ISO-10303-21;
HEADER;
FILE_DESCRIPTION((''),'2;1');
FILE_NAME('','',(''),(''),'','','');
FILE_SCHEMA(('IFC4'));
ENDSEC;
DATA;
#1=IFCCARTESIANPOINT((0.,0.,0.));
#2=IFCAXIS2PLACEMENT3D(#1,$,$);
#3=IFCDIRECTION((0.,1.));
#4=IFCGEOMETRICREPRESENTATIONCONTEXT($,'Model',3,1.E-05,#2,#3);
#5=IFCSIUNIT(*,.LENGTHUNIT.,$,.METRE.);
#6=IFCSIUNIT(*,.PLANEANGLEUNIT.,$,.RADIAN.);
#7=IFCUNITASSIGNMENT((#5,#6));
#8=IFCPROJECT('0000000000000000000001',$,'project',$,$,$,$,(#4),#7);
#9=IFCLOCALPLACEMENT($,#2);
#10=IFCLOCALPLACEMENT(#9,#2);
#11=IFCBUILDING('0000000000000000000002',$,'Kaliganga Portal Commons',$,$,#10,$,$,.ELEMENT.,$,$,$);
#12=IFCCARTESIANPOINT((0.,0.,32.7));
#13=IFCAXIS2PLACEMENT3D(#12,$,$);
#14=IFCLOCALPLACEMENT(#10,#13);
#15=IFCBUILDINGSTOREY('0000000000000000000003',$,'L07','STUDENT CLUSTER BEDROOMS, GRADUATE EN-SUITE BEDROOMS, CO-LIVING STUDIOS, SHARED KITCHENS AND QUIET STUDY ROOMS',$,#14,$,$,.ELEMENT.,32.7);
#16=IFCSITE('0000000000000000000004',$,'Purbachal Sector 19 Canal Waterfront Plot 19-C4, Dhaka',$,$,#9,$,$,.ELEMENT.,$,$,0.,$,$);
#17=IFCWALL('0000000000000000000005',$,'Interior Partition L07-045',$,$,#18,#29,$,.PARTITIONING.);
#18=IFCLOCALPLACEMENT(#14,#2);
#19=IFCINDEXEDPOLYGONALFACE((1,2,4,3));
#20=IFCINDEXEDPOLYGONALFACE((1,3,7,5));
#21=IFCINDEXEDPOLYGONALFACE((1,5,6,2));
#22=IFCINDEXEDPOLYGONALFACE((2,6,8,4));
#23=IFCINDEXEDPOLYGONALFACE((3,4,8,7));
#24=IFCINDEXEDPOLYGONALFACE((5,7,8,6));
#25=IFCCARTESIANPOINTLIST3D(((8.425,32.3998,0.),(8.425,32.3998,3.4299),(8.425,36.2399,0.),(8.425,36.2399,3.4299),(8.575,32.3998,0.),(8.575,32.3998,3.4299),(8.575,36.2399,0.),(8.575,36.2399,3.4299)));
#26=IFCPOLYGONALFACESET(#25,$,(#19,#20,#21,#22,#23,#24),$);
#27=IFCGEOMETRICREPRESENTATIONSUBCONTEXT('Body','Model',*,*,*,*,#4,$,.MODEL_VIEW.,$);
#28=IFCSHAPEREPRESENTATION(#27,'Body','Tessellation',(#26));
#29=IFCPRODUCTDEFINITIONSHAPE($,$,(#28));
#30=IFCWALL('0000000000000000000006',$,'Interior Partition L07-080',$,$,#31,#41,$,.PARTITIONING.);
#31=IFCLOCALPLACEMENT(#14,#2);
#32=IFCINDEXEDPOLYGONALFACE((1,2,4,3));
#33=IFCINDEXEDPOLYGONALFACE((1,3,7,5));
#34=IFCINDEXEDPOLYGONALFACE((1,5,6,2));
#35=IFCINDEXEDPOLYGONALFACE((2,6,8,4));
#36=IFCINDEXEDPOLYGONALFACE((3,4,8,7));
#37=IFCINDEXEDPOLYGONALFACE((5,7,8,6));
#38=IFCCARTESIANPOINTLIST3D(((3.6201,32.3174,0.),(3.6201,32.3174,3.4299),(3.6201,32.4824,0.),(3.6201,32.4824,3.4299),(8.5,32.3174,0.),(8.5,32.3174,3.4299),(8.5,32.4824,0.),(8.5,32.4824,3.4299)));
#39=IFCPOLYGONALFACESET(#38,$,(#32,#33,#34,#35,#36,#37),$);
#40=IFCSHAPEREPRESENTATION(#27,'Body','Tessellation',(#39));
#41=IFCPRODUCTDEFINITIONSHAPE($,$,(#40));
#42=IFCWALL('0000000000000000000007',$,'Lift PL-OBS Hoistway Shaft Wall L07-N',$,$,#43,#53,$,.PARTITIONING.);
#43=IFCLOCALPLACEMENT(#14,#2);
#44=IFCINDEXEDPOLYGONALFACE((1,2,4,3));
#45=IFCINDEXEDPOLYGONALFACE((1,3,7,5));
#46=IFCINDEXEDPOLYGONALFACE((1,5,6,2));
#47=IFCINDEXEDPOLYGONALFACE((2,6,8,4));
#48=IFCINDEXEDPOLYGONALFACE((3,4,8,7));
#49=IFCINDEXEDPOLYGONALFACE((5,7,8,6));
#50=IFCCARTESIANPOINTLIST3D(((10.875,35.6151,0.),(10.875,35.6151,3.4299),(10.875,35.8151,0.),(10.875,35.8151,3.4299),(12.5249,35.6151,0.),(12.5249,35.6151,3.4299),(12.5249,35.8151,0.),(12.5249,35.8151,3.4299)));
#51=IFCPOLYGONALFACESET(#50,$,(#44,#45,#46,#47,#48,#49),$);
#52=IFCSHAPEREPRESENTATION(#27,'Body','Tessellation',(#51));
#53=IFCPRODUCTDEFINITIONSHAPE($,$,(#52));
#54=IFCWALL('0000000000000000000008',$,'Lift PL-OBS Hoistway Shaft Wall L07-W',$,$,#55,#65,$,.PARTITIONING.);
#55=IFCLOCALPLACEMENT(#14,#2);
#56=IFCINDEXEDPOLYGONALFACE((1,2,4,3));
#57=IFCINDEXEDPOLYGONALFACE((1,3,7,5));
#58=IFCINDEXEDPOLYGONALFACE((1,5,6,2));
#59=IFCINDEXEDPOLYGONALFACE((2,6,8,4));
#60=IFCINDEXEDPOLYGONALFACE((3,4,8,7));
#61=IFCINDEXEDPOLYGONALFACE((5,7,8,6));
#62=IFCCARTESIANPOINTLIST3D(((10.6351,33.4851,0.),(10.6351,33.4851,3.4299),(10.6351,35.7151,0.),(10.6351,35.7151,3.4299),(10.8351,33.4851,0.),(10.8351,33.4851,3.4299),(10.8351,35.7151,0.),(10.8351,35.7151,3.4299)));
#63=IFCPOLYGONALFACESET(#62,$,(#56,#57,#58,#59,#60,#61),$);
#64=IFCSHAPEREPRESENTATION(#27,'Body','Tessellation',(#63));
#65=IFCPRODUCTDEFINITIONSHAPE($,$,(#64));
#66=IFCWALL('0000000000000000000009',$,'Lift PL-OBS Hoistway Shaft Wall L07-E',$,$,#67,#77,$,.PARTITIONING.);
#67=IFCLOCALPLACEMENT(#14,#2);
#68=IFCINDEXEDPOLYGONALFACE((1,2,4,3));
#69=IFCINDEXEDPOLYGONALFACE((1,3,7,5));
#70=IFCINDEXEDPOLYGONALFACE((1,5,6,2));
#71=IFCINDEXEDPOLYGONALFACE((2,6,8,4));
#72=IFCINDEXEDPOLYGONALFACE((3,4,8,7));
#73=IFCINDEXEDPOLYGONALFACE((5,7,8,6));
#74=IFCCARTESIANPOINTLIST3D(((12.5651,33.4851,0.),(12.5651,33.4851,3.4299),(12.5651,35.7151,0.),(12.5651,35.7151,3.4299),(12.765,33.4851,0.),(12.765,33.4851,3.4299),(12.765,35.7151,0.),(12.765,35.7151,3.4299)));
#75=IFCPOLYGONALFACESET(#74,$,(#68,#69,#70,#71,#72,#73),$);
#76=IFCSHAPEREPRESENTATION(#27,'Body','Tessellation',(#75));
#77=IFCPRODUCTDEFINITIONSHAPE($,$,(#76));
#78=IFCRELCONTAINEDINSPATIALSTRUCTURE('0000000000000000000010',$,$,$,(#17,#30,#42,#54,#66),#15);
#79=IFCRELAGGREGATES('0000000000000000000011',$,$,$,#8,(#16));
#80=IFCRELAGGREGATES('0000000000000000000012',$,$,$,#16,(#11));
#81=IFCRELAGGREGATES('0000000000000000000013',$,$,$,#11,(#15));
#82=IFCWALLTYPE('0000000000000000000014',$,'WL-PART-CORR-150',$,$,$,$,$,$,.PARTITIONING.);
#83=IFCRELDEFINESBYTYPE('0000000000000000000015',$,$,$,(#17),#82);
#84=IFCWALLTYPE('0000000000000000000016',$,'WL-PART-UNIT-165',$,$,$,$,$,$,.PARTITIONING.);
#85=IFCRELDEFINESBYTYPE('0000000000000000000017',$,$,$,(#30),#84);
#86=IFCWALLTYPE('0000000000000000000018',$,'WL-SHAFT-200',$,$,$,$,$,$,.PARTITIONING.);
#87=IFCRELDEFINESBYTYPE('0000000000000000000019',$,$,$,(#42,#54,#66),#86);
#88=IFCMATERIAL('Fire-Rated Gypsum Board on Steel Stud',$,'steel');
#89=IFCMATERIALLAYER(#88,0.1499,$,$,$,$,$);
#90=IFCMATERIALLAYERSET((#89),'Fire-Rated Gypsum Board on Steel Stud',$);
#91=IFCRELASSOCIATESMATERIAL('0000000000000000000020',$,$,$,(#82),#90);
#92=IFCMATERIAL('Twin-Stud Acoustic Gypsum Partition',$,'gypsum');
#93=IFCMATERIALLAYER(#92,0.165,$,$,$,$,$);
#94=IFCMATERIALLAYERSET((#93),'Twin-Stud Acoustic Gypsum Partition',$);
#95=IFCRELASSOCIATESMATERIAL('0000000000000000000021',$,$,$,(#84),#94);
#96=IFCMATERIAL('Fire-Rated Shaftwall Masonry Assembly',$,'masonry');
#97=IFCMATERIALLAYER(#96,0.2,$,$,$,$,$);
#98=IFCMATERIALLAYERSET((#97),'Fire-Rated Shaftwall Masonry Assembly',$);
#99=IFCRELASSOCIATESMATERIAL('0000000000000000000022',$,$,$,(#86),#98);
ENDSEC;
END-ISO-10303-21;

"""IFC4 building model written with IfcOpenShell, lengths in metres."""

from ifc_helpers import new_model, si_unit, direction, frame, frame_2d, origin, place, context, subcontext, project, spatial, rectangle, extrude, material, layer, layer_set, type_object, element, save


model = new_model("IFC4")

# Units and contexts
model_context = context("Model", 3, precision=1e-05, world=origin(), true_north=direction((0.0, 1.0)))
body_context = subcontext(model_context, "Body", "Model", "MODEL_VIEW")
ifc_project = project(units=[si_unit("LENGTHUNIT", "METRE"), si_unit("PLANEANGLEUNIT", "RADIAN")], contexts=[model_context])

# Site, building, storey
site_placement = place(None, origin())
site = spatial("IfcSite", under=ifc_project, at=site_placement, Name="Purbachal Sector 19 Canal Waterfront Plot 19-C4, Dhaka", CompositionType="ELEMENT", RefElevation=0.0)
building_placement = place(site_placement, origin())
building = spatial("IfcBuilding", under=site, at=building_placement, Name="Kaliganga Portal Commons", CompositionType="ELEMENT")
storey_placement = place(building_placement, frame((0.0, 0.0, 32.7)))
storey = spatial("IfcBuildingStorey", under=building, at=storey_placement, Name="L07", Description="STUDENT CLUSTER BEDROOMS, GRADUATE EN-SUITE BEDROOMS, CO-LIVING STUDIOS, SHARED KITCHENS AND QUIET STUDY ROOMS", CompositionType="ELEMENT", Elevation=32.7)

# Walls
ifc_material_1 = material(Name="Fire-Rated Gypsum Board on Steel Stud", Category="steel")
ifc_layer_1 = layer(ifc_material_1, 0.1499)
ifc_layer_set_1 = layer_set([ifc_layer_1], Name="Fire-Rated Gypsum Board on Steel Stud")
wall_type_1 = type_object("IfcWallType", Name="WL-PART-CORR-150", PredefinedType="PARTITIONING", material=ifc_layer_set_1)
wall_1_placement = place(storey_placement, frame((8.5, 32.3999, 0.0), z_axis=(0.0, 0.0, 1.0), x_axis=(0.0, 1.0, 0.0)))
element("IfcWall", 1, at=wall_1_placement, inside=storey, type_object=wall_type_1, Name="Interior Partition L07-045", PredefinedType="PARTITIONING", context=body_context, shape_type="SweptSolid", body=[
    extrude(rectangle(XDim=3.8401, YDim=0.1499, at=frame_2d((1.9199, 0.0))), origin(), (0.0, 0.0, 1.0), 3.4299),
])
ifc_material_2 = material(Name="Twin-Stud Acoustic Gypsum Partition", Category="gypsum")
ifc_layer_2 = layer(ifc_material_2, 0.165)
ifc_layer_set_2 = layer_set([ifc_layer_2], Name="Twin-Stud Acoustic Gypsum Partition")
wall_type_2 = type_object("IfcWallType", Name="WL-PART-UNIT-165", PredefinedType="PARTITIONING", material=ifc_layer_set_2)
wall_2_placement = place(storey_placement, frame((3.6201, 32.3999, 0.0), z_axis=(0.0, 0.0, 1.0), x_axis=(1.0, 0.0, 0.0)))
element("IfcWall", 2, at=wall_2_placement, inside=storey, type_object=wall_type_2, Name="Interior Partition L07-080", PredefinedType="PARTITIONING", context=body_context, shape_type="SweptSolid", body=[
    extrude(rectangle(XDim=4.8799, YDim=0.165, at=frame_2d((2.4399, 0.0))), origin(), (0.0, 0.0, 1.0), 3.4299),
])

# Shared definitions
ifc_material_3 = material(Name="Fire-Rated Shaftwall Masonry Assembly", Category="masonry")
ifc_layer_3 = layer(ifc_material_3, 0.2)
ifc_layer_set_3 = layer_set([ifc_layer_3], Name="Fire-Rated Shaftwall Masonry Assembly")
wall_type_3 = type_object("IfcWallType", Name="WL-SHAFT-200", PredefinedType="PARTITIONING", material=ifc_layer_set_3)

# Walls
wall_3_placement = place(storey_placement, frame((10.875, 35.7151, 0.0), z_axis=(0.0, 0.0, 1.0), x_axis=(1.0, 0.0, 0.0)))
element("IfcWall", 3, at=wall_3_placement, inside=storey, type_object=wall_type_3, Name="Lift PL-OBS Hoistway Shaft Wall L07-N", PredefinedType="PARTITIONING", context=body_context, shape_type="SweptSolid", body=[
    extrude(rectangle(XDim=1.6499, YDim=0.2, at=frame_2d((0.825, 0.0))), origin(), (0.0, 0.0, 1.0), 3.4299),
])
for number, where, z_axis, x_axis, name in (
    (4, (10.7351, 33.4851, 0.0), (0.0, 0.0, 1.0), (0.0, 1.0, 0.0), "Lift PL-OBS Hoistway Shaft Wall L07-W"),
    (5, (12.665, 33.4851, 0.0), (0.0, 0.0, 1.0), (0.0, 1.0, 0.0), "Lift PL-OBS Hoistway Shaft Wall L07-E"),
):
    element("IfcWall", number, at=place(storey_placement, frame(where, z_axis=z_axis, x_axis=x_axis)), inside=storey, type_object=wall_type_3, Name=name, PredefinedType="PARTITIONING", context=body_context, shape_type="SweptSolid", body=[
        extrude(rectangle(XDim=2.23, YDim=0.2, at=frame_2d((1.115, 0.0))), origin(), (0.0, 0.0, 1.0), 3.4299),
    ])

save(model, "model.ifc")
